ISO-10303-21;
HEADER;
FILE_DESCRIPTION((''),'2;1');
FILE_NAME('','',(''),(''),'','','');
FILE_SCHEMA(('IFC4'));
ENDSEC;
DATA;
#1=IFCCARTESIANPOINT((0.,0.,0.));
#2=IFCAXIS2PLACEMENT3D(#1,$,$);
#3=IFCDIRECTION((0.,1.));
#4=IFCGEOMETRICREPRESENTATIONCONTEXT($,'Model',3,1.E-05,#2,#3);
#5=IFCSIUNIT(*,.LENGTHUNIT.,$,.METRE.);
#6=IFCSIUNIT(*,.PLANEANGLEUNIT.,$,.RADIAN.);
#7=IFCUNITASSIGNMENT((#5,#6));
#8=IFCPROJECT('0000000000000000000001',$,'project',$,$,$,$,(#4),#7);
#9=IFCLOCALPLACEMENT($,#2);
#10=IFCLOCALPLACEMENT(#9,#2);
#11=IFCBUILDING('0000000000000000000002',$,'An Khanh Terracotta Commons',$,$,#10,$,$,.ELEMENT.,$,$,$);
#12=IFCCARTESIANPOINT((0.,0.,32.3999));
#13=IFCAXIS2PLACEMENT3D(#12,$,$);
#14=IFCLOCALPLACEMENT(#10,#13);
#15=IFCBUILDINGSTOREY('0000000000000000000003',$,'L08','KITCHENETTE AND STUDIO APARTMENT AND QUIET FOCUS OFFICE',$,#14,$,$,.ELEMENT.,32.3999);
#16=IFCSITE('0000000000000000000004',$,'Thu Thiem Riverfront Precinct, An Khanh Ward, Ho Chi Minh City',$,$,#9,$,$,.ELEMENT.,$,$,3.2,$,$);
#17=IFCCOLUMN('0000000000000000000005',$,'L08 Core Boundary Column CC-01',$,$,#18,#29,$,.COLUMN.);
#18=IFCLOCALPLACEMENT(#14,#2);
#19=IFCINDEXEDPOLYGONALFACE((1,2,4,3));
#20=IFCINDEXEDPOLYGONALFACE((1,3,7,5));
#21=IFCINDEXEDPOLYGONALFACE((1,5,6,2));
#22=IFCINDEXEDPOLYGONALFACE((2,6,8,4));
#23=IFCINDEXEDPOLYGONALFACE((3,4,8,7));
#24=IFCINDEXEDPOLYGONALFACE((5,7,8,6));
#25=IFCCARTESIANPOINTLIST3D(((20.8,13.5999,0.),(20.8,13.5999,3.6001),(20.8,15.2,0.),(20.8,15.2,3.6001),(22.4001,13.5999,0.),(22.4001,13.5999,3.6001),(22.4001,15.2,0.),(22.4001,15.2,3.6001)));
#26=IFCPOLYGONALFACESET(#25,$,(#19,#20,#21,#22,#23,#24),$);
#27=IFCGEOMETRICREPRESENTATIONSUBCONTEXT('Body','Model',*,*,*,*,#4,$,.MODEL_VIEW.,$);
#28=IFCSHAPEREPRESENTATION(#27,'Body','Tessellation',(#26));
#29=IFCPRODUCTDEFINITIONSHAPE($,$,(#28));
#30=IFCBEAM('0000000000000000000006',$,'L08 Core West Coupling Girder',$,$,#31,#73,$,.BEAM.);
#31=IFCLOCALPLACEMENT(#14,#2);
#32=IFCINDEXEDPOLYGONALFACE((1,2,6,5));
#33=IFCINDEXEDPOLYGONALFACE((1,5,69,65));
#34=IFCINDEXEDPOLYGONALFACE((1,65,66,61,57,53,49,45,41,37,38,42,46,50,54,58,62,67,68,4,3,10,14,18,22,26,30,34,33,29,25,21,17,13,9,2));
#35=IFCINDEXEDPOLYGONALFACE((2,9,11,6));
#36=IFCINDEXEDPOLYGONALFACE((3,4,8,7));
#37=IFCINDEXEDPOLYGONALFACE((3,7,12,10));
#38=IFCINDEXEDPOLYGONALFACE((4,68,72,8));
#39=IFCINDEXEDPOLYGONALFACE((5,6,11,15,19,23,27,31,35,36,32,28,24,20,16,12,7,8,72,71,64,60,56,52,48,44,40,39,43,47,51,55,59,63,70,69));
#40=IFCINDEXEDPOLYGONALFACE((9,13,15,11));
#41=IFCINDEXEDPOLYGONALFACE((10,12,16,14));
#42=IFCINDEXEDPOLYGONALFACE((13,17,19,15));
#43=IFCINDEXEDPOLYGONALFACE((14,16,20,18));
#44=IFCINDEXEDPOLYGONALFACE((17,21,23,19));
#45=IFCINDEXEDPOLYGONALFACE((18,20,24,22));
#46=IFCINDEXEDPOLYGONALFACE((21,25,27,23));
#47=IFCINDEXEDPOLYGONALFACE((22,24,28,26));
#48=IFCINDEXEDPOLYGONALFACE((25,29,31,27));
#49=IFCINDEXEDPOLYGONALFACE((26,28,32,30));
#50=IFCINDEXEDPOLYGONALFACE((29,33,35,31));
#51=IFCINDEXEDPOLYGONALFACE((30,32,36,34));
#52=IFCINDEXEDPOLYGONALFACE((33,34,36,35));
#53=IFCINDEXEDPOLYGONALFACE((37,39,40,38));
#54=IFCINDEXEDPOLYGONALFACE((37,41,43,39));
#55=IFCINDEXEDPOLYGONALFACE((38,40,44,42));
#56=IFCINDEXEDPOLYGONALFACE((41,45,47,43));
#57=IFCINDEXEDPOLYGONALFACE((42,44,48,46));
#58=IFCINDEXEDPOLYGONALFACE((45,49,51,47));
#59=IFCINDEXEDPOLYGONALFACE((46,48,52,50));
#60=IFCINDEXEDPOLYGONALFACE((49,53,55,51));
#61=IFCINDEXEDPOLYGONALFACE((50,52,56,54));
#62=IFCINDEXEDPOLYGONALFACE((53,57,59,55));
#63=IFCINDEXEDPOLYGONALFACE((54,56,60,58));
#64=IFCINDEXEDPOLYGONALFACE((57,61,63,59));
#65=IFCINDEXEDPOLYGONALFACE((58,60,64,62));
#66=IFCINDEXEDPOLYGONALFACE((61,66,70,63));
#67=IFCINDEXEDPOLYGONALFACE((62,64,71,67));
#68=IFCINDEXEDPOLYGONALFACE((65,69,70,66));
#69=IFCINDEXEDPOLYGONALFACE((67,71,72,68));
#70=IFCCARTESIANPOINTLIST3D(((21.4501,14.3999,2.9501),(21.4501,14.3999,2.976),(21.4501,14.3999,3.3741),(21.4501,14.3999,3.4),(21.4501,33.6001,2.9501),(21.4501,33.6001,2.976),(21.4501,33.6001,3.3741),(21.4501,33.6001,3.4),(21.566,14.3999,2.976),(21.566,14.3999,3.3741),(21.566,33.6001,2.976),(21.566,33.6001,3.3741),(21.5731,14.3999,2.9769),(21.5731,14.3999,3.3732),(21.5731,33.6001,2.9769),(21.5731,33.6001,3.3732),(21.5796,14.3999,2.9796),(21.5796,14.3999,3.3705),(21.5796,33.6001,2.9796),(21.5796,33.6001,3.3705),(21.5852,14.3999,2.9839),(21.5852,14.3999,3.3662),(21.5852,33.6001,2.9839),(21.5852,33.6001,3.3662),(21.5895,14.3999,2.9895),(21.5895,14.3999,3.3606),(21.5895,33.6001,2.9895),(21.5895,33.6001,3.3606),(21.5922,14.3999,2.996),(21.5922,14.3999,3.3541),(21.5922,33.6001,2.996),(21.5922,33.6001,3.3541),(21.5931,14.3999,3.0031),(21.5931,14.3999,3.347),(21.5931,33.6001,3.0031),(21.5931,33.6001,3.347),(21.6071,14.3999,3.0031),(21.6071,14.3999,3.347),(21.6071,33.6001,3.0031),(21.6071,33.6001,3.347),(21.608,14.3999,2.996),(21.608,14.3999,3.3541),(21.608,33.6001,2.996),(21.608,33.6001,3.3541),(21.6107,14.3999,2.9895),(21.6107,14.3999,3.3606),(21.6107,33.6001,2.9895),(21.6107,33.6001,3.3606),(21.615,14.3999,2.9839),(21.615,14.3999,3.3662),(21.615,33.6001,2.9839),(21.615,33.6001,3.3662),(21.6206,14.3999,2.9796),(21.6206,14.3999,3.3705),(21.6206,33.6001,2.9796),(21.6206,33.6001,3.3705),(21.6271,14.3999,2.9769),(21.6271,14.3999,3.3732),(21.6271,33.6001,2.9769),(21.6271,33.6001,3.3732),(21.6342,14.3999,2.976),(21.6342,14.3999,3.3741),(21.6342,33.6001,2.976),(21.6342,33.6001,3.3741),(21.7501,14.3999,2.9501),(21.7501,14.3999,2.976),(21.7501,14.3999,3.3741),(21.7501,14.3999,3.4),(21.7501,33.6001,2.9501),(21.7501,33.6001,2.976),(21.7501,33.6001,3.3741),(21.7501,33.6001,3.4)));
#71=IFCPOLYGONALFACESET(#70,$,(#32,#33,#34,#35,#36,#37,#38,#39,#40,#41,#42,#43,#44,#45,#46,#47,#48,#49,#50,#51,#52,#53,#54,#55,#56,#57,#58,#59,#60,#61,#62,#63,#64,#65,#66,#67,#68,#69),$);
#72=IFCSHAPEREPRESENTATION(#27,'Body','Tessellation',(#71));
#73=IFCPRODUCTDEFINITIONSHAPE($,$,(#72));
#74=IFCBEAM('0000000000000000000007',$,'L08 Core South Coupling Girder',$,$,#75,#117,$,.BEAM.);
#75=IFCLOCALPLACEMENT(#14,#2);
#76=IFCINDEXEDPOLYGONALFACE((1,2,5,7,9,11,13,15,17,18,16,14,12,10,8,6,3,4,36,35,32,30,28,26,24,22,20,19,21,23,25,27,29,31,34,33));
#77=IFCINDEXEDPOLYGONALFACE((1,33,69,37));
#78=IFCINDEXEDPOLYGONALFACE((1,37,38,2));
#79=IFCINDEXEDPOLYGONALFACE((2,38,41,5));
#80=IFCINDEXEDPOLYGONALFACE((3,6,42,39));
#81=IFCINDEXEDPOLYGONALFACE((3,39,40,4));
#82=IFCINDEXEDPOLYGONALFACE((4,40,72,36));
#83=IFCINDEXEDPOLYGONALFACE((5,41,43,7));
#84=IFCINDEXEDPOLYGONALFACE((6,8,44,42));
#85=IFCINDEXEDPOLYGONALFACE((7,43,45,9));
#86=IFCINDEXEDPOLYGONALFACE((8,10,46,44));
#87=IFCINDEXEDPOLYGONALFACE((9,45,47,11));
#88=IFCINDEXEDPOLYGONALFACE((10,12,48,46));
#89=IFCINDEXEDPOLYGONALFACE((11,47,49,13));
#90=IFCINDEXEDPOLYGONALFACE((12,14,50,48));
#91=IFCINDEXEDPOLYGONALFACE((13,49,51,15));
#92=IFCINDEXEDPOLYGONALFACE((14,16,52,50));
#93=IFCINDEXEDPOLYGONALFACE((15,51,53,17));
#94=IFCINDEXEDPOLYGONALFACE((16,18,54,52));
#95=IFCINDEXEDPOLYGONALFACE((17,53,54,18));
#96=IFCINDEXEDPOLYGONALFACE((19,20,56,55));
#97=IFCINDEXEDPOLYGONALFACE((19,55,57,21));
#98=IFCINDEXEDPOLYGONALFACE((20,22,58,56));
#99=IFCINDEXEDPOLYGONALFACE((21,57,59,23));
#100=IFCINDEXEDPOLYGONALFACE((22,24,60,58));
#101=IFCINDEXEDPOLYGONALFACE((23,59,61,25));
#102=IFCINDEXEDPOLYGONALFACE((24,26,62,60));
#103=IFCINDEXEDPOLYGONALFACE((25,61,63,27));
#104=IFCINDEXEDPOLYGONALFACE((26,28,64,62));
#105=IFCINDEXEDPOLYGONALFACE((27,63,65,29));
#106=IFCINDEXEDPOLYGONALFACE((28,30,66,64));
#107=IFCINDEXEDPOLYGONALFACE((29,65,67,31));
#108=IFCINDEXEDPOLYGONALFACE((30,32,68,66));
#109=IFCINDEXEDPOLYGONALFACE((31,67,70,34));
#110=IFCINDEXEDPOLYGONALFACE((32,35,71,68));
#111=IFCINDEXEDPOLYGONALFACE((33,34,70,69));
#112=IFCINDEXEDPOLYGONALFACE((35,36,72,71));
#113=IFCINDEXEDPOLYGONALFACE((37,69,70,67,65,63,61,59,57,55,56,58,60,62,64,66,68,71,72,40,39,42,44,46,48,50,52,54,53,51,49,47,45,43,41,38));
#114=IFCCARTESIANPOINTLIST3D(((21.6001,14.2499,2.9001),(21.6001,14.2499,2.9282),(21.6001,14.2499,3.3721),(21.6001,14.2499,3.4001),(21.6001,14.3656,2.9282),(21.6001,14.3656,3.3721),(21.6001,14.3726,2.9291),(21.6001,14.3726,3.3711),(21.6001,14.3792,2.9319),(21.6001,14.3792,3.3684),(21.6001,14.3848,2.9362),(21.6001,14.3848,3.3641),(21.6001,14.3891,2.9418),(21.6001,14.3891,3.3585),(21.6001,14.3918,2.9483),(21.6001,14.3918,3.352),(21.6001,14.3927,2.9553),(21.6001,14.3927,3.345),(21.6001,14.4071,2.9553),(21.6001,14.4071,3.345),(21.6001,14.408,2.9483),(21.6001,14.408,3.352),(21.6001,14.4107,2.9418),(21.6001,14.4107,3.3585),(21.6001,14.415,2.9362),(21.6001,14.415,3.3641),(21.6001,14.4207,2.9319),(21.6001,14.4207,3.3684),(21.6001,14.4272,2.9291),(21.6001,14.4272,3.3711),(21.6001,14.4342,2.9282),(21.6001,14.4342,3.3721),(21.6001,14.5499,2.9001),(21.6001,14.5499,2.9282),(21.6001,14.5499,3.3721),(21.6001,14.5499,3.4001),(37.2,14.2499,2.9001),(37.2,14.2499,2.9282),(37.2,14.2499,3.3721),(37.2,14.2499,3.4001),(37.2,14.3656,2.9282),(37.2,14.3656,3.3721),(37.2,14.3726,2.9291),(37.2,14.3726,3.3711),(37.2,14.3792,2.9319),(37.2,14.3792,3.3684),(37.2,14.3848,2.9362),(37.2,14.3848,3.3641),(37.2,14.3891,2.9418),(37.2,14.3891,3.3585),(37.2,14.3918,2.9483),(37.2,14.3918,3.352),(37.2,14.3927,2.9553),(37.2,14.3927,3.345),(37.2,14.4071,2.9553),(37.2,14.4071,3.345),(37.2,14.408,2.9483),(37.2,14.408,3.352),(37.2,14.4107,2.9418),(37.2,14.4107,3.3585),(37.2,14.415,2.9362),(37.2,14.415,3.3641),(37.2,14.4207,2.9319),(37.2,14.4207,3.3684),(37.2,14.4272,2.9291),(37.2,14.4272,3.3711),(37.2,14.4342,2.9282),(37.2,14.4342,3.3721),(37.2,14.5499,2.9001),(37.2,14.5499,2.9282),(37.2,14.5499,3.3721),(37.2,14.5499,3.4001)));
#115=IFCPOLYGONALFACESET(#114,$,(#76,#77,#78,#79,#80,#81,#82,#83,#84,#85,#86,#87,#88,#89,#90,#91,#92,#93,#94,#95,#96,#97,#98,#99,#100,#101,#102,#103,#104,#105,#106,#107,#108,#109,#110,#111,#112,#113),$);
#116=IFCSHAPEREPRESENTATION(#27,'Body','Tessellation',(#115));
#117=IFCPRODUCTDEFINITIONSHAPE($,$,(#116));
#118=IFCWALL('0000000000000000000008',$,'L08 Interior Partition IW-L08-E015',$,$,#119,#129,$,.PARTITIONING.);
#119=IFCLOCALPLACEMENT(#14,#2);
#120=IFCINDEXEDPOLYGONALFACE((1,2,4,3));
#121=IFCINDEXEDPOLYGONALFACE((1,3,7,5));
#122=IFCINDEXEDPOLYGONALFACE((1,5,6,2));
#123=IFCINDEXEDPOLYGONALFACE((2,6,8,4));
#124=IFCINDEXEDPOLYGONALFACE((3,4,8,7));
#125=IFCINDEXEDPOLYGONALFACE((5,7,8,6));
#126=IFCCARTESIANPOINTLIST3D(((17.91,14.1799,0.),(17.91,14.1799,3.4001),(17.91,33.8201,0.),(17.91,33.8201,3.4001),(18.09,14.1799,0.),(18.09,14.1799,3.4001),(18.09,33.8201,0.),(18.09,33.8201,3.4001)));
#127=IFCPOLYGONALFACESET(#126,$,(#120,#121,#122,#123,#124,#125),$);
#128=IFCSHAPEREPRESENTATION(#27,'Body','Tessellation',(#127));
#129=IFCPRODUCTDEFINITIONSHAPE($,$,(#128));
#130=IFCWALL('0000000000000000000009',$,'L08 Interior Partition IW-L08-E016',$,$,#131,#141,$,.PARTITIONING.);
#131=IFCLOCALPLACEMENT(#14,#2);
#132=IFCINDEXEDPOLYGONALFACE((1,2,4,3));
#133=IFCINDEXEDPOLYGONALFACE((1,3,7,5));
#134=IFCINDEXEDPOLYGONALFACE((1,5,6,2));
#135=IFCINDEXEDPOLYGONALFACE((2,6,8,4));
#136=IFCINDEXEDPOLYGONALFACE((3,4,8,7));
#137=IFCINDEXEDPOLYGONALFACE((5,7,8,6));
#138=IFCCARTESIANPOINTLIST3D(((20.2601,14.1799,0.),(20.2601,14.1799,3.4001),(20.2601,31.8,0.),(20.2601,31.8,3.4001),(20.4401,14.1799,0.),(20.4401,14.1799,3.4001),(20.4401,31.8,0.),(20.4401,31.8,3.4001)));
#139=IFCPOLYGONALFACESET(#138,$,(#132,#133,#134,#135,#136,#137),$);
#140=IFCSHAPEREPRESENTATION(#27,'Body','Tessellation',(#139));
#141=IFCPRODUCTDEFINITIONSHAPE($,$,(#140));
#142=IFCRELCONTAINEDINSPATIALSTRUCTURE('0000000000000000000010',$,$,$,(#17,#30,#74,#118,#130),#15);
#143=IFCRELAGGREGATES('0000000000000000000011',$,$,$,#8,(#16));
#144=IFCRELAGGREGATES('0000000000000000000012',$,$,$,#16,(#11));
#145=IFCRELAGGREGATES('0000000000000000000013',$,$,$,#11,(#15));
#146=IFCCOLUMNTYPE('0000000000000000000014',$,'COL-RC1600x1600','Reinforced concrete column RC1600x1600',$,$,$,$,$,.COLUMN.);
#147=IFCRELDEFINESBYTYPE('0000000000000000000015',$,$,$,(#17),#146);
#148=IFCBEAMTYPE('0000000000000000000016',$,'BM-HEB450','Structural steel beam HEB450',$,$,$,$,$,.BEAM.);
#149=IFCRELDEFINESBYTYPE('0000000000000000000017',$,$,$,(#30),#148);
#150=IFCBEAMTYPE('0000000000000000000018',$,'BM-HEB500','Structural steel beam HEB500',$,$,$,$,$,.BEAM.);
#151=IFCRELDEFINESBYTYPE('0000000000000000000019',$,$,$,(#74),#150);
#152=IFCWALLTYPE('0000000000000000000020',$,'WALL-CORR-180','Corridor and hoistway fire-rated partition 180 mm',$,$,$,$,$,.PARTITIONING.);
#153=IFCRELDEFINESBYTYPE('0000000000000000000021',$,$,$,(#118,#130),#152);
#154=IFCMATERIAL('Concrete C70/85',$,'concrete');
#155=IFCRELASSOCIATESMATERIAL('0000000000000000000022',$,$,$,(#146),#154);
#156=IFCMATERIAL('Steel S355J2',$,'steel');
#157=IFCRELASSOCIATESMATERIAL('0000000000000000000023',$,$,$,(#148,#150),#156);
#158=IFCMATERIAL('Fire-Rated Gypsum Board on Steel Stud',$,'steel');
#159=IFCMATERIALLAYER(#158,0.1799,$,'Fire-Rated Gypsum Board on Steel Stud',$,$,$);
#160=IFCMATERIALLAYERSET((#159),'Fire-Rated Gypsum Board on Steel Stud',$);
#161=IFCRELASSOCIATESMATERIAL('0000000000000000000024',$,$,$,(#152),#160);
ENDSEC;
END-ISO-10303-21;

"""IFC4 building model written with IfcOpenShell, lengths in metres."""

from ifc_helpers import new_model, si_unit, direction, frame, frame_2d, origin, origin_2d, place, context, subcontext, project, spatial, rectangle, i_section, extrude, material, layer, layer_set, material_profile, profile_set, type_object, element, save


model = new_model("IFC4")

# Units and contexts
model_context = context("Model", 3, precision=1e-05, world=origin(), true_north=direction((0.0, 1.0)))
body_context = subcontext(model_context, "Body", "Model", "MODEL_VIEW")
ifc_project = project(units=[si_unit("LENGTHUNIT", "METRE"), si_unit("PLANEANGLEUNIT", "RADIAN")], contexts=[model_context])

# Site, building, storey
site_placement = place(None, origin())
site = spatial("IfcSite", under=ifc_project, at=site_placement, Name="Thu Thiem Riverfront Precinct, An Khanh Ward, Ho Chi Minh City", CompositionType="ELEMENT", RefElevation=3.2)
building_placement = place(site_placement, origin())
building = spatial("IfcBuilding", under=site, at=building_placement, Name="An Khanh Terracotta Commons", CompositionType="ELEMENT")
storey_placement = place(building_placement, frame((0.0, 0.0, 32.3999)))
storey = spatial("IfcBuildingStorey", under=building, at=storey_placement, Name="L08", Description="KITCHENETTE AND STUDIO APARTMENT AND QUIET FOCUS OFFICE", CompositionType="ELEMENT", Elevation=32.3999)

# Column
ifc_material_1 = material(Name="Concrete C70/85", Category="concrete")
ifc_material_profile_1 = material_profile(ifc_material_1, rectangle(XDim=1.6001, YDim=1.6001, at=origin_2d()), Name="RC1600x1600")
ifc_profile_set_1 = profile_set([ifc_material_profile_1], Name="Concrete C70/85")
column_type = type_object("IfcColumnType", Name="COL-RC1600x1600", Description="Reinforced concrete column RC1600x1600", PredefinedType="COLUMN", material=ifc_profile_set_1)
column_placement = place(storey_placement, frame((21.6001, 14.3999, 0.0), z_axis=(0.0, 0.0, 1.0), x_axis=(1.0, 0.0, 0.0)))
element("IfcColumn", 1, at=column_placement, inside=storey, type_object=column_type, Name="L08 Core Boundary Column CC-01", PredefinedType="COLUMN", context=body_context, shape_type="SweptSolid", body=[
    extrude(rectangle(XDim=1.6001, YDim=1.6001, at=origin_2d()), origin(), (0.0, 0.0, 1.0), 3.6001),
])

# Beams
ifc_material_2 = material(Name="Steel S355J2", Category="steel")
ifc_material_profile_2 = material_profile(ifc_material_2, i_section(OverallWidth=0.3, OverallDepth=0.45, WebThickness=0.0139, FlangeThickness=0.0259, FilletRadius=0.0271, at=origin_2d()), Name="HEB450")
ifc_profile_set_2 = profile_set([ifc_material_profile_2], Name="Steel S355J2")
beam_type_1 = type_object("IfcBeamType", Name="BM-HEB450", Description="Structural steel beam HEB450", PredefinedType="BEAM", material=ifc_profile_set_2)
beam_1_placement = place(storey_placement, frame((21.6001, 14.3999, 3.175), z_axis=(0.0, 1.0, 0.0), x_axis=(-1.0, 0.0, 0.0)))
element("IfcBeam", 2, at=beam_1_placement, inside=storey, type_object=beam_type_1, Name="L08 Core West Coupling Girder", PredefinedType="BEAM", context=body_context, shape_type="SweptSolid", body=[
    extrude(i_section(OverallWidth=0.3, OverallDepth=0.45, WebThickness=0.0139, FlangeThickness=0.0259, FilletRadius=0.0271, at=origin_2d()), origin(), (0.0, 0.0, 1.0), 19.2002),
])
ifc_material_profile_3 = material_profile(ifc_material_2, i_section(OverallWidth=0.3, OverallDepth=0.5, WebThickness=0.0144, FlangeThickness=0.0281, FilletRadius=0.0271, at=origin_2d()), Name="HEB500")
ifc_profile_set_3 = profile_set([ifc_material_profile_3], Name="Steel S355J2")
beam_type_2 = type_object("IfcBeamType", Name="BM-HEB500", Description="Structural steel beam HEB500", PredefinedType="BEAM", material=ifc_profile_set_3)
beam_2_placement = place(storey_placement, frame((21.6001, 14.3999, 3.1501), z_axis=(1.0, 0.0, 0.0), x_axis=(0.0, 1.0, 0.0)))
element("IfcBeam", 3, at=beam_2_placement, inside=storey, type_object=beam_type_2, Name="L08 Core South Coupling Girder", PredefinedType="BEAM", context=body_context, shape_type="SweptSolid", body=[
    extrude(i_section(OverallWidth=0.3, OverallDepth=0.5, WebThickness=0.0144, FlangeThickness=0.0281, FilletRadius=0.0271, at=origin_2d()), origin(), (0.0, 0.0, 1.0), 15.5999),
])

# Walls
ifc_material_3 = material(Name="Fire-Rated Gypsum Board on Steel Stud", Category="steel")
ifc_layer_1 = layer(ifc_material_3, 0.1799, Name="Fire-Rated Gypsum Board on Steel Stud")
ifc_layer_set_1 = layer_set([ifc_layer_1], Name="Fire-Rated Gypsum Board on Steel Stud")
wall_type_1 = type_object("IfcWallType", Name="WALL-CORR-180", Description="Corridor and hoistway fire-rated partition 180 mm", PredefinedType="PARTITIONING", material=ifc_layer_set_1)
wall_1_placement = place(storey_placement, frame((18.0, 14.1799, 0.0), z_axis=(0.0, 0.0, 1.0), x_axis=(0.0, 1.0, 0.0)))
element("IfcWall", 4, at=wall_1_placement, inside=storey, type_object=wall_type_1, Name="L08 Interior Partition IW-L08-E015", PredefinedType="PARTITIONING", context=body_context, shape_type="SweptSolid", body=[
    extrude(rectangle(XDim=19.6401, YDim=0.1799, at=frame_2d((9.8201, 0.0))), origin(), (0.0, 0.0, 1.0), 3.4001),
])
wall_2_placement = place(storey_placement, frame((20.3501, 14.1799, 0.0), z_axis=(0.0, 0.0, 1.0), x_axis=(0.0, 1.0, 0.0)))
element("IfcWall", 5, at=wall_2_placement, inside=storey, type_object=wall_type_1, Name="L08 Interior Partition IW-L08-E016", PredefinedType="PARTITIONING", context=body_context, shape_type="SweptSolid", body=[
    extrude(rectangle(XDim=17.6201, YDim=0.1799, at=frame_2d((8.8101, 0.0))), origin(), (0.0, 0.0, 1.0), 3.4001),
])

save(model, "model.ifc")
